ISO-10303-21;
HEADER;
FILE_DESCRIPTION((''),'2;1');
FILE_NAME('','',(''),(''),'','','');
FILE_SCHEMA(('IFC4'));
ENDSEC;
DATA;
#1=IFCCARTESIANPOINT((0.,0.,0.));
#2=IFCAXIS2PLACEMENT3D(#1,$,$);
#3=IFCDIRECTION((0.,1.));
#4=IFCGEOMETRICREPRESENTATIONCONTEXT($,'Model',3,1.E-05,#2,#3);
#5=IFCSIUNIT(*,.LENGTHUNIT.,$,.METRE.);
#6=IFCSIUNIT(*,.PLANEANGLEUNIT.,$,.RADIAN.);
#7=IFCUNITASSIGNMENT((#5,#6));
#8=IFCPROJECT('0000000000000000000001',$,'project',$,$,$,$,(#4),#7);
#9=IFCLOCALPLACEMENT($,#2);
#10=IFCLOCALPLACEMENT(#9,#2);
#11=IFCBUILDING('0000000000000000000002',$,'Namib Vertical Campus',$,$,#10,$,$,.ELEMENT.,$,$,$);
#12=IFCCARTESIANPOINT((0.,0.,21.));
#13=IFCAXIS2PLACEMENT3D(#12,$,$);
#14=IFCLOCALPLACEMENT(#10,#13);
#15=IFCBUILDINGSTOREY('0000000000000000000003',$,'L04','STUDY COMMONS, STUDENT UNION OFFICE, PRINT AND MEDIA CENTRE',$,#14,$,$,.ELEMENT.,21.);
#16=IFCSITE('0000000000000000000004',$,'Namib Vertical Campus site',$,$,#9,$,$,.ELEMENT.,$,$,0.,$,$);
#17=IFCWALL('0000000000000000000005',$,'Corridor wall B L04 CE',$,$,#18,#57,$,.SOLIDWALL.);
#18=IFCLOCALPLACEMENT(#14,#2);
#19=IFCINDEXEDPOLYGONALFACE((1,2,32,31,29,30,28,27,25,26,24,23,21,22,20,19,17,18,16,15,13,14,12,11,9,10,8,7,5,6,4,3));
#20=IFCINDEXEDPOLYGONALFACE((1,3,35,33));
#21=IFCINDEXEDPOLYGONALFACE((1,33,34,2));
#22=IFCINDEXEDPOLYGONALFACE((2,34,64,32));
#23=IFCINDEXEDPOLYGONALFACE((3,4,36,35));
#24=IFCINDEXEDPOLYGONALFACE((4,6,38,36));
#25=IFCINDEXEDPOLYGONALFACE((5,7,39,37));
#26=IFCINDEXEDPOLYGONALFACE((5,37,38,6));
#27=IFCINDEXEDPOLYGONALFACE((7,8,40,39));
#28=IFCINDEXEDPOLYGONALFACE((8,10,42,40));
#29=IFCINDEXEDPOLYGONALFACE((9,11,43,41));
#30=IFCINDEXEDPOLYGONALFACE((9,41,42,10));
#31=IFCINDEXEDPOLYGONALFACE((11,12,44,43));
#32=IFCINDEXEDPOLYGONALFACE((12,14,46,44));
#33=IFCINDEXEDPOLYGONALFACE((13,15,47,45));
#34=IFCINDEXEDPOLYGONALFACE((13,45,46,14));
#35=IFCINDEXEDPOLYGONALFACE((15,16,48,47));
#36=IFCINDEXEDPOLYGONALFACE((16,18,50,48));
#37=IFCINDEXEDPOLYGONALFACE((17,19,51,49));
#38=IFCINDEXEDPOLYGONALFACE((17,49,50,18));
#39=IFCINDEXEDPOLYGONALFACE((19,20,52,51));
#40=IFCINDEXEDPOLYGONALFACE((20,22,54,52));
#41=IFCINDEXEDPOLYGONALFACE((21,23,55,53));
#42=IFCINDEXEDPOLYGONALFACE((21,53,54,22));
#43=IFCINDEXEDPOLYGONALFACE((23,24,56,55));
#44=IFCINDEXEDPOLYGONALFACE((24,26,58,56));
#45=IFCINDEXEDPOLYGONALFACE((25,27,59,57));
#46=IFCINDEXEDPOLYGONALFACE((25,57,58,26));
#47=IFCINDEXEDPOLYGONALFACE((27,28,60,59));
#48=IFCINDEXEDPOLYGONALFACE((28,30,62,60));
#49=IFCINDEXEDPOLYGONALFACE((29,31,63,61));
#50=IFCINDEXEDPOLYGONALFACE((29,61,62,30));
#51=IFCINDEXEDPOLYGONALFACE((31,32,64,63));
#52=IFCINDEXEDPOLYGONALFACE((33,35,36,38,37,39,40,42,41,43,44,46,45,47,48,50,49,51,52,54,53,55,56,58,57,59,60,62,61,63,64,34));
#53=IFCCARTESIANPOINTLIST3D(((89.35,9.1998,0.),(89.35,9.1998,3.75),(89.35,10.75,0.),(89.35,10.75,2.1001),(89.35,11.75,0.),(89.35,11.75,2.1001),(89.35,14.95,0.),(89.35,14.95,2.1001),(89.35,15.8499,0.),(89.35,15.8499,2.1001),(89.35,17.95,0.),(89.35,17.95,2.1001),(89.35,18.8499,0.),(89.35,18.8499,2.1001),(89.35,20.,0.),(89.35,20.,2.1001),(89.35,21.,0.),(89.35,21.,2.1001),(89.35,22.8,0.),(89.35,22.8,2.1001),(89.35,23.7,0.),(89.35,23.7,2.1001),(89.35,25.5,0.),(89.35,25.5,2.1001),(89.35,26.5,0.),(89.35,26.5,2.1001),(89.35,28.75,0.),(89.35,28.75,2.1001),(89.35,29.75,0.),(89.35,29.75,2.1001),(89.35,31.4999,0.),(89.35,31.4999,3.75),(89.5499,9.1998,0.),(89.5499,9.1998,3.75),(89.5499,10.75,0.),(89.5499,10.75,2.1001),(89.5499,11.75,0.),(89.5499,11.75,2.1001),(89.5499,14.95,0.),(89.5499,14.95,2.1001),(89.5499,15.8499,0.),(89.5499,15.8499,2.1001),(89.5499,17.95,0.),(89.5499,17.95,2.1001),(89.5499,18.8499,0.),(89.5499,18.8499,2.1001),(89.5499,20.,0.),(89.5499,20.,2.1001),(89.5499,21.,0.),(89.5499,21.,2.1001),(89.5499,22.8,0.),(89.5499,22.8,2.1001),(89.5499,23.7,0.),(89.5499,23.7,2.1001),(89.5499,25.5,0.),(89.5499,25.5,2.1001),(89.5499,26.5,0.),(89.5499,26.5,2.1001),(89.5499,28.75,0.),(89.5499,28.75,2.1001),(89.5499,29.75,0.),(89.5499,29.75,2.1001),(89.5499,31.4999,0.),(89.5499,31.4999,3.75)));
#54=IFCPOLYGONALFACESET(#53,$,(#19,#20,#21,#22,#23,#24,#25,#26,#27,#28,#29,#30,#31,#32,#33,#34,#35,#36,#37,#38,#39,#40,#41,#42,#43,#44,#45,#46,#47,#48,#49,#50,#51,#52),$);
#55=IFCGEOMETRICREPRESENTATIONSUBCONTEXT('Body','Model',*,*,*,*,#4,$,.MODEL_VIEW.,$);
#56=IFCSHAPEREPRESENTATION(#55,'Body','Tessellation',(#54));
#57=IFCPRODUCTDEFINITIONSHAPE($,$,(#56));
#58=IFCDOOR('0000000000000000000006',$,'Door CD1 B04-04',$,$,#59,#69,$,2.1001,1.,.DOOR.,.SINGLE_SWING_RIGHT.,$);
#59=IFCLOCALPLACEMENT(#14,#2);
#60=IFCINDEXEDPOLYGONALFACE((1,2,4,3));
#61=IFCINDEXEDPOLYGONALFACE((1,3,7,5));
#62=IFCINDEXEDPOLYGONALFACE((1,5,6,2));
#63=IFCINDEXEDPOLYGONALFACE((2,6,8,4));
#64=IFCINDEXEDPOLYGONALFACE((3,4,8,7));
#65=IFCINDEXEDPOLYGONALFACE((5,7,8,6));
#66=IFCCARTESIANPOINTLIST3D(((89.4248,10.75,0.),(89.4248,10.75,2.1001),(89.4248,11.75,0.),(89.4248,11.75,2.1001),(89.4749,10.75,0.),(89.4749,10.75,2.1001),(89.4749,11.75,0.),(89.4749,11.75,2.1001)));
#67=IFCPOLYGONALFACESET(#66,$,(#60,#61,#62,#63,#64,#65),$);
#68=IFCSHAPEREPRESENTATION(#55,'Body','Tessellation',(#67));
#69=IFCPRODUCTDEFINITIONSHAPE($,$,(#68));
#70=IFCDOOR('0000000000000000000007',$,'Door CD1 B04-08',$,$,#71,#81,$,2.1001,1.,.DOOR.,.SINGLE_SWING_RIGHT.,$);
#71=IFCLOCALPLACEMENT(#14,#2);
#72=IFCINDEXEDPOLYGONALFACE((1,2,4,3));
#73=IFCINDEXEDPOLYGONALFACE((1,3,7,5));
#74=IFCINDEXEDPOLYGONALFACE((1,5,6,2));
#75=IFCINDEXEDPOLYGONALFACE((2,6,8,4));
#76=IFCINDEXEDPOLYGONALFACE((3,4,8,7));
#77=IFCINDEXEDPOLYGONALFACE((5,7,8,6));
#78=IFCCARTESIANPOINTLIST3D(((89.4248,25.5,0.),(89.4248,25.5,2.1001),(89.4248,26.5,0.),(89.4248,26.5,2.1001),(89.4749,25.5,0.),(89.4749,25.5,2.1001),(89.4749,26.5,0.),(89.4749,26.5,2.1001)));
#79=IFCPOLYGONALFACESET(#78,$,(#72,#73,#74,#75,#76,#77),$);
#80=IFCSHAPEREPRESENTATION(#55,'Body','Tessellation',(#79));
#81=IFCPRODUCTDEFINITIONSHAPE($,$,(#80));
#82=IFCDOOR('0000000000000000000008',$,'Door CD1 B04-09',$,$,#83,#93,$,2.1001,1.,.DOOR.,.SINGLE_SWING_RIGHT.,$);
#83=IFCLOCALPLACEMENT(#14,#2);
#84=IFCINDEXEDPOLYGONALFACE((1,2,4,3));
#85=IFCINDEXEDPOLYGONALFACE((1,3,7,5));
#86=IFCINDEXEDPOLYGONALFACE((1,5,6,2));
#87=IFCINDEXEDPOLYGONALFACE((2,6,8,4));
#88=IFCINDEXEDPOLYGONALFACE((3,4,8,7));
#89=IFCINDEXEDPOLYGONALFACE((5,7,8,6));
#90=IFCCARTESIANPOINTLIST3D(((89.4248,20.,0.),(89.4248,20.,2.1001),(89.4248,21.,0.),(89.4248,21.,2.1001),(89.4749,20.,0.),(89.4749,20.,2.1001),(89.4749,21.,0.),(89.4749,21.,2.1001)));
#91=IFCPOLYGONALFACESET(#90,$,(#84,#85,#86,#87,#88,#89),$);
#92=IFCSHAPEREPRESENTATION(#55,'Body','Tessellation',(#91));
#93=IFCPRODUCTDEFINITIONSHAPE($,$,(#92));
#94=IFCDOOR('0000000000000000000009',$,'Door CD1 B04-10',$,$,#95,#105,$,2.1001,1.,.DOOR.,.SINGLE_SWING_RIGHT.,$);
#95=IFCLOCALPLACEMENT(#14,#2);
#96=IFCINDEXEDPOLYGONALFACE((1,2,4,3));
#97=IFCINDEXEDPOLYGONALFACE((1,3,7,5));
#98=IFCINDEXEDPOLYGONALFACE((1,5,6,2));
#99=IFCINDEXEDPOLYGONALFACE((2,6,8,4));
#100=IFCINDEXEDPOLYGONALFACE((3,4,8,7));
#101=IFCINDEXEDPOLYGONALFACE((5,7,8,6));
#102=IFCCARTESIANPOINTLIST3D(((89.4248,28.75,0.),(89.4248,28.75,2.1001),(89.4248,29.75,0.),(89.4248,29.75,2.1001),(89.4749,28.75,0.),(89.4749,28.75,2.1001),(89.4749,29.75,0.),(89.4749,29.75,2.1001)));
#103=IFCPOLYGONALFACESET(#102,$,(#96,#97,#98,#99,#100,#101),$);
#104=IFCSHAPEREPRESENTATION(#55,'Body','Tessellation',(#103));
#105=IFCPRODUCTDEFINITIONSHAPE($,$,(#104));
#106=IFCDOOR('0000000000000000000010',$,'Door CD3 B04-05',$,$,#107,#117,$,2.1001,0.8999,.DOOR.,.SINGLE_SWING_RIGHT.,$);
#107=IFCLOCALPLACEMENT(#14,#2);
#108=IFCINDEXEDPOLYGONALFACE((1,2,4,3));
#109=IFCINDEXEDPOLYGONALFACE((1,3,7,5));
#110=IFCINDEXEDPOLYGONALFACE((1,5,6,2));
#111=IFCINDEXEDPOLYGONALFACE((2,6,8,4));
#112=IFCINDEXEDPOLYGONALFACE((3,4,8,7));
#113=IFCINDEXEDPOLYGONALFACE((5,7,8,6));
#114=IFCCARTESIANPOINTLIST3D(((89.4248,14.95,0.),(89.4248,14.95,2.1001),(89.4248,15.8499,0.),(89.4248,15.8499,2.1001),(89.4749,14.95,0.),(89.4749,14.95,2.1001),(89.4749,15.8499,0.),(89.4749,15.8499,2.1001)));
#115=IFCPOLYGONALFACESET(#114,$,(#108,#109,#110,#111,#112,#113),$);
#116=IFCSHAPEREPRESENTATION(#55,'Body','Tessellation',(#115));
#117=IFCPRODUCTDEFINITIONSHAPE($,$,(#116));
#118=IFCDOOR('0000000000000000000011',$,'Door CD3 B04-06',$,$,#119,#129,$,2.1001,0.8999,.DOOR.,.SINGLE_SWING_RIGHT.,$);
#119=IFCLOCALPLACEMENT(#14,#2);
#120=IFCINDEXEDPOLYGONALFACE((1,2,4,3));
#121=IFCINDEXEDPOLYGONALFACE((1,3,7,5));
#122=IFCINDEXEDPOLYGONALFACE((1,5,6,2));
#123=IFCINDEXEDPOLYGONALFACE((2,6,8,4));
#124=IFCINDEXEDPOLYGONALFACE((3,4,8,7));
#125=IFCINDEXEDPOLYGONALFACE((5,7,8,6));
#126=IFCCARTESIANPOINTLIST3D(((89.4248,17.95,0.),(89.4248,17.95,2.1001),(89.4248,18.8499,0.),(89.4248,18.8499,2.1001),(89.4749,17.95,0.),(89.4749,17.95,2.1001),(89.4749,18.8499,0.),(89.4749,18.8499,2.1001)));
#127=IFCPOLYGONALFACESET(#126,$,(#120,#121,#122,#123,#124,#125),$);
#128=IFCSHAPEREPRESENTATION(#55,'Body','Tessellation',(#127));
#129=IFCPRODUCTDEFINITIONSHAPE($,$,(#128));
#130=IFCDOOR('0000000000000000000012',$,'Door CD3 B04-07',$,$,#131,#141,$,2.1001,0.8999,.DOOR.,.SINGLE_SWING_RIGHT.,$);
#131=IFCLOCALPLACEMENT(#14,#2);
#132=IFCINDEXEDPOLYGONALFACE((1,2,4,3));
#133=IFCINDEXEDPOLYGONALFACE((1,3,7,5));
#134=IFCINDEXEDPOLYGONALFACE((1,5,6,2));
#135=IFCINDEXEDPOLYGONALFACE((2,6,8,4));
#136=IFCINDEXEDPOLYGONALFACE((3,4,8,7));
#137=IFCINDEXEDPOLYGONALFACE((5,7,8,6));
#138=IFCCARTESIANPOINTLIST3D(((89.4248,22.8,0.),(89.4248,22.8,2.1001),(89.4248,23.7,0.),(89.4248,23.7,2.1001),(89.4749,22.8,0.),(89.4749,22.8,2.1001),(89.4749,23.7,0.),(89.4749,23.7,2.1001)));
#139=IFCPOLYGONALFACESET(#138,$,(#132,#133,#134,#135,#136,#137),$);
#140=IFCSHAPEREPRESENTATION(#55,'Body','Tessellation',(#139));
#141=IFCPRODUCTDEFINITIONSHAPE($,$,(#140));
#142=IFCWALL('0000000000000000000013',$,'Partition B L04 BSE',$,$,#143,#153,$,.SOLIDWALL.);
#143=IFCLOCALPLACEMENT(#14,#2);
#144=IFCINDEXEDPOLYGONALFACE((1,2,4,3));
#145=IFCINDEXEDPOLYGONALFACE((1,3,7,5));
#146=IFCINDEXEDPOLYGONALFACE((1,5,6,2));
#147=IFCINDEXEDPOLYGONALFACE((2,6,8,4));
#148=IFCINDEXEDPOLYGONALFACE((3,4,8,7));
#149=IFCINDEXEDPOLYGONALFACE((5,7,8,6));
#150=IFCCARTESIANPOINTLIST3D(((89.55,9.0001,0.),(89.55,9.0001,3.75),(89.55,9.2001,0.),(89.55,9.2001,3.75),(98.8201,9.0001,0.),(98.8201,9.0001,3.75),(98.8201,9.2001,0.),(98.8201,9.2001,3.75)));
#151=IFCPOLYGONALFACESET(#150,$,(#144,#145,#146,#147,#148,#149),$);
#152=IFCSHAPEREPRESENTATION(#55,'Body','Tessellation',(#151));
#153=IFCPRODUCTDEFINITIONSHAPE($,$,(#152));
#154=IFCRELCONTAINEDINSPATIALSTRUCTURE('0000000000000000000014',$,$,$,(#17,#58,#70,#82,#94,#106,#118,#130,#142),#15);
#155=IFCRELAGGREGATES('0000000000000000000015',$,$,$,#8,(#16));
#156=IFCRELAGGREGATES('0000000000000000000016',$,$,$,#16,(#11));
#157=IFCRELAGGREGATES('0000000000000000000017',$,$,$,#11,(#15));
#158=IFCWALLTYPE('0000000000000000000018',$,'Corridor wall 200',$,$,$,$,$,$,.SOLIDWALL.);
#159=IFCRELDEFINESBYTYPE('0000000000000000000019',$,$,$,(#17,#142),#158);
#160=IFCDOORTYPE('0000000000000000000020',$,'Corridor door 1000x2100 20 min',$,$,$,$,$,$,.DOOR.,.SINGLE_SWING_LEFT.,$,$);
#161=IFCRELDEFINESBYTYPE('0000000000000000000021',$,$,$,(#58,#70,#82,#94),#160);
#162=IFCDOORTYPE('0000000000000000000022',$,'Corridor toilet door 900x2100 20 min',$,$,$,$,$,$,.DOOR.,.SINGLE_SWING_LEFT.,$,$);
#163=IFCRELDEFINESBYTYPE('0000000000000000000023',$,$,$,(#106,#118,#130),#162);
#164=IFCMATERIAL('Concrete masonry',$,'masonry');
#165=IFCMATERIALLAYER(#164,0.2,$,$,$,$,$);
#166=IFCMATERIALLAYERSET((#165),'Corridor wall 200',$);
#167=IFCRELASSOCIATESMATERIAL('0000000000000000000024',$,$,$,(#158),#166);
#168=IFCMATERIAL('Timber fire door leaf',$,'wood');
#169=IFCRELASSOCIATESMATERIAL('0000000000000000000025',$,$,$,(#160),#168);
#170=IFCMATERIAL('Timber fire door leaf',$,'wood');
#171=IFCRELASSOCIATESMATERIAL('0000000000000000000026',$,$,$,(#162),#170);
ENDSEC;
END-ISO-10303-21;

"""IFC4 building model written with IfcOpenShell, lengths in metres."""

from ifc_helpers import new_model, si_unit, direction, frame, frame_2d, origin, place, context, subcontext, project, spatial, rectangle, extrude, material, layer, layer_set, type_object, element, fill, save


model = new_model("IFC4")

# Units and contexts
model_context = context("Model", 3, precision=1e-05, world=origin(), true_north=direction((0.0, 1.0)))
body_context = subcontext(model_context, "Body", "Model", "MODEL_VIEW")
ifc_project = project(units=[si_unit("LENGTHUNIT", "METRE"), si_unit("PLANEANGLEUNIT", "RADIAN")], contexts=[model_context])

# Site, building, storey
site_placement = place(None, origin())
site = spatial("IfcSite", under=ifc_project, at=site_placement, Name="Namib Vertical Campus site", CompositionType="ELEMENT", RefElevation=0.0)
building_placement = place(site_placement, origin())
building = spatial("IfcBuilding", under=site, at=building_placement, Name="Namib Vertical Campus", CompositionType="ELEMENT")
storey_placement = place(building_placement, frame((0.0, 0.0, 21.0)))
storey = spatial("IfcBuildingStorey", under=building, at=storey_placement, Name="L04", Description="STUDY COMMONS, STUDENT UNION OFFICE, PRINT AND MEDIA CENTRE", CompositionType="ELEMENT", Elevation=21.0)

# Wall, openings, doors
ifc_material_1 = material(Name="Concrete masonry", Category="masonry")
ifc_layer_1 = layer(ifc_material_1, 0.2)
ifc_layer_set_1 = layer_set([ifc_layer_1], Name="Corridor wall 200")
wall_type_1 = type_object("IfcWallType", Name="Corridor wall 200", PredefinedType="SOLIDWALL", material=ifc_layer_set_1)
wall_1_placement = place(storey_placement, frame((89.45, 9.2, 0.0), z_axis=(0.0, 0.0, 1.0), x_axis=(0.0, 1.0, 0.0)))
wall_1 = element("IfcWall", 1, at=wall_1_placement, inside=storey, type_object=wall_type_1, Name="Corridor wall B L04 CE", PredefinedType="SOLIDWALL", context=body_context, shape_type="SweptSolid", body=[
    extrude(rectangle(XDim=22.3, YDim=0.2, at=frame_2d((11.1499, 0.0))), origin(), (0.0, 0.0, 1.0), 3.75),
])
opening_1_placement = place(wall_1_placement, frame((1.55, 0.0, 0.0)))
opening_1 = element("IfcOpeningElement", 2, at=opening_1_placement, cuts=wall_1, PredefinedType="OPENING", context=body_context, shape_type="SweptSolid", body=[
    extrude(rectangle(XDim=1.0, YDim=2.1001, at=frame_2d((0.5, 1.05))), frame((0.0, 0.1099, 0.0), z_axis=(0.0, -1.0, 0.0), x_axis=(1.0, 0.0, 0.0)), (0.0, 0.0, 1.0), 0.22),
])
opening_2_placement = place(wall_1_placement, frame((5.75, 0.0, 0.0)))
opening_2 = element("IfcOpeningElement", 3, at=opening_2_placement, cuts=wall_1, PredefinedType="OPENING", context=body_context, shape_type="SweptSolid", body=[
    extrude(rectangle(XDim=0.8999, YDim=2.1001, at=frame_2d((0.45, 1.05))), frame((0.0, 0.1099, 0.0), z_axis=(0.0, -1.0, 0.0), x_axis=(1.0, 0.0, 0.0)), (0.0, 0.0, 1.0), 0.22),
])
opening_3_placement = place(wall_1_placement, frame((8.75, 0.0, 0.0)))
opening_3 = element("IfcOpeningElement", 4, at=opening_3_placement, cuts=wall_1, PredefinedType="OPENING", context=body_context, shape_type="SweptSolid", body=[
    extrude(rectangle(XDim=0.8999, YDim=2.1001, at=frame_2d((0.45, 1.05))), frame((0.0, 0.1099, 0.0), z_axis=(0.0, -1.0, 0.0), x_axis=(1.0, 0.0, 0.0)), (0.0, 0.0, 1.0), 0.22),
])
opening_4_placement = place(wall_1_placement, frame((13.6001, 0.0, 0.0)))
opening_4 = element("IfcOpeningElement", 5, at=opening_4_placement, cuts=wall_1, PredefinedType="OPENING", context=body_context, shape_type="SweptSolid", body=[
    extrude(rectangle(XDim=0.8999, YDim=2.1001, at=frame_2d((0.45, 1.05))), frame((0.0, 0.1099, 0.0), z_axis=(0.0, -1.0, 0.0), x_axis=(1.0, 0.0, 0.0)), (0.0, 0.0, 1.0), 0.22),
])
opening_5_placement = place(wall_1_placement, frame((16.3, 0.0, 0.0)))
opening_5 = element("IfcOpeningElement", 6, at=opening_5_placement, cuts=wall_1, PredefinedType="OPENING", context=body_context, shape_type="SweptSolid", body=[
    extrude(rectangle(XDim=1.0, YDim=2.1001, at=frame_2d((0.5, 1.05))), frame((0.0, 0.1099, 0.0), z_axis=(0.0, -1.0, 0.0), x_axis=(1.0, 0.0, 0.0)), (0.0, 0.0, 1.0), 0.22),
])
opening_6_placement = place(wall_1_placement, frame((10.8, 0.0, 0.0)))
opening_6 = element("IfcOpeningElement", 7, at=opening_6_placement, cuts=wall_1, PredefinedType="OPENING", context=body_context, shape_type="SweptSolid", body=[
    extrude(rectangle(XDim=1.0, YDim=2.1001, at=frame_2d((0.5, 1.05))), frame((0.0, 0.1099, 0.0), z_axis=(0.0, -1.0, 0.0), x_axis=(1.0, 0.0, 0.0)), (0.0, 0.0, 1.0), 0.22),
])
opening_7_placement = place(wall_1_placement, frame((19.55, 0.0, 0.0)))
opening_7 = element("IfcOpeningElement", 8, at=opening_7_placement, cuts=wall_1, PredefinedType="OPENING", context=body_context, shape_type="SweptSolid", body=[
    extrude(rectangle(XDim=1.0, YDim=2.1001, at=frame_2d((0.5, 1.05))), frame((0.0, 0.1099, 0.0), z_axis=(0.0, -1.0, 0.0), x_axis=(1.0, 0.0, 0.0)), (0.0, 0.0, 1.0), 0.22),
])
ifc_material_2 = material(Name="Timber fire door leaf", Category="wood")
door_type_1 = type_object("IfcDoorType", Name="Corridor door 1000x2100 20 min", OperationType="SINGLE_SWING_LEFT", PredefinedType="DOOR", material=ifc_material_2)
door_1_placement = place(opening_1_placement, frame((1.0, 0.0, 0.0), z_axis=(0.0, 0.0, 1.0), x_axis=(-1.0, 0.0, 0.0)))
door_1 = element("IfcDoor", 9, at=door_1_placement, inside=storey, type_object=door_type_1, Name="Door CD1 B04-04", OperationType="SINGLE_SWING_RIGHT", OverallHeight=2.1001, OverallWidth=1.0, PredefinedType="DOOR", context=body_context, shape_type="SweptSolid", body=[
    extrude(rectangle(XDim=1.0, YDim=2.1001, at=frame_2d((0.5, 1.05))), frame((0.0, 0.0249, 0.0), z_axis=(0.0, -1.0, 0.0), x_axis=(1.0, 0.0, 0.0)), (0.0, 0.0, 1.0), 0.05),
])
fill(opening_1, door_1)
door_2_placement = place(opening_5_placement, frame((1.0, 0.0, 0.0), z_axis=(0.0, 0.0, 1.0), x_axis=(-1.0, 0.0, 0.0)))
door_2 = element("IfcDoor", 10, at=door_2_placement, inside=storey, type_object=door_type_1, Name="Door CD1 B04-08", OperationType="SINGLE_SWING_RIGHT", OverallHeight=2.1001, OverallWidth=1.0, PredefinedType="DOOR", context=body_context, shape_type="SweptSolid", body=[
    extrude(rectangle(XDim=1.0, YDim=2.1001, at=frame_2d((0.5, 1.05))), frame((0.0, 0.0249, 0.0), z_axis=(0.0, -1.0, 0.0), x_axis=(1.0, 0.0, 0.0)), (0.0, 0.0, 1.0), 0.05),
])
fill(opening_5, door_2)
door_3_placement = place(opening_6_placement, frame((1.0, 0.0, 0.0), z_axis=(0.0, 0.0, 1.0), x_axis=(-1.0, 0.0, 0.0)))
door_3 = element("IfcDoor", 11, at=door_3_placement, inside=storey, type_object=door_type_1, Name="Door CD1 B04-09", OperationType="SINGLE_SWING_RIGHT", OverallHeight=2.1001, OverallWidth=1.0, PredefinedType="DOOR", context=body_context, shape_type="SweptSolid", body=[
    extrude(rectangle(XDim=1.0, YDim=2.1001, at=frame_2d((0.5, 1.05))), frame((0.0, 0.0249, 0.0), z_axis=(0.0, -1.0, 0.0), x_axis=(1.0, 0.0, 0.0)), (0.0, 0.0, 1.0), 0.05),
])
fill(opening_6, door_3)
door_4_placement = place(opening_7_placement, frame((1.0, 0.0, 0.0), z_axis=(0.0, 0.0, 1.0), x_axis=(-1.0, 0.0, 0.0)))
door_4 = element("IfcDoor", 12, at=door_4_placement, inside=storey, type_object=door_type_1, Name="Door CD1 B04-10", OperationType="SINGLE_SWING_RIGHT", OverallHeight=2.1001, OverallWidth=1.0, PredefinedType="DOOR", context=body_context, shape_type="SweptSolid", body=[
    extrude(rectangle(XDim=1.0, YDim=2.1001, at=frame_2d((0.5, 1.05))), frame((0.0, 0.0249, 0.0), z_axis=(0.0, -1.0, 0.0), x_axis=(1.0, 0.0, 0.0)), (0.0, 0.0, 1.0), 0.05),
])
fill(opening_7, door_4)
ifc_material_3 = material(Name="Timber fire door leaf", Category="wood")
door_type_2 = type_object("IfcDoorType", Name="Corridor toilet door 900x2100 20 min", OperationType="SINGLE_SWING_LEFT", PredefinedType="DOOR", material=ifc_material_3)
door_5_placement = place(opening_2_placement, frame((0.8999, 0.0, 0.0), z_axis=(0.0, 0.0, 1.0), x_axis=(-1.0, 0.0, 0.0)))
door_5 = element("IfcDoor", 13, at=door_5_placement, inside=storey, type_object=door_type_2, Name="Door CD3 B04-05", OperationType="SINGLE_SWING_RIGHT", OverallHeight=2.1001, OverallWidth=0.8999, PredefinedType="DOOR", context=body_context, shape_type="SweptSolid", body=[
    extrude(rectangle(XDim=0.8999, YDim=2.1001, at=frame_2d((0.45, 1.05))), frame((0.0, 0.0249, 0.0), z_axis=(0.0, -1.0, 0.0), x_axis=(1.0, 0.0, 0.0)), (0.0, 0.0, 1.0), 0.05),
])
fill(opening_2, door_5)
door_6_placement = place(opening_3_placement, frame((0.8999, 0.0, 0.0), z_axis=(0.0, 0.0, 1.0), x_axis=(-1.0, 0.0, 0.0)))
door_6 = element("IfcDoor", 14, at=door_6_placement, inside=storey, type_object=door_type_2, Name="Door CD3 B04-06", OperationType="SINGLE_SWING_RIGHT", OverallHeight=2.1001, OverallWidth=0.8999, PredefinedType="DOOR", context=body_context, shape_type="SweptSolid", body=[
    extrude(rectangle(XDim=0.8999, YDim=2.1001, at=frame_2d((0.45, 1.05))), frame((0.0, 0.0249, 0.0), z_axis=(0.0, -1.0, 0.0), x_axis=(1.0, 0.0, 0.0)), (0.0, 0.0, 1.0), 0.05),
])
fill(opening_3, door_6)
door_7_placement = place(opening_4_placement, frame((0.8999, 0.0, 0.0), z_axis=(0.0, 0.0, 1.0), x_axis=(-1.0, 0.0, 0.0)))
door_7 = element("IfcDoor", 15, at=door_7_placement, inside=storey, type_object=door_type_2, Name="Door CD3 B04-07", OperationType="SINGLE_SWING_RIGHT", OverallHeight=2.1001, OverallWidth=0.8999, PredefinedType="DOOR", context=body_context, shape_type="SweptSolid", body=[
    extrude(rectangle(XDim=0.8999, YDim=2.1001, at=frame_2d((0.45, 1.05))), frame((0.0, 0.0249, 0.0), z_axis=(0.0, -1.0, 0.0), x_axis=(1.0, 0.0, 0.0)), (0.0, 0.0, 1.0), 0.05),
])
fill(opening_4, door_7)

# Wall
wall_2_placement = place(storey_placement, frame((89.55, 9.1001, 0.0), z_axis=(0.0, 0.0, 1.0), x_axis=(1.0, 0.0, 0.0)))
element("IfcWall", 16, at=wall_2_placement, inside=storey, type_object=wall_type_1, Name="Partition B L04 BSE", PredefinedType="SOLIDWALL", context=body_context, shape_type="SweptSolid", body=[
    extrude(rectangle(XDim=9.27, YDim=0.2, at=frame_2d((4.635, 0.0))), origin(), (0.0, 0.0, 1.0), 3.75),
])

save(model, "model.ifc")
